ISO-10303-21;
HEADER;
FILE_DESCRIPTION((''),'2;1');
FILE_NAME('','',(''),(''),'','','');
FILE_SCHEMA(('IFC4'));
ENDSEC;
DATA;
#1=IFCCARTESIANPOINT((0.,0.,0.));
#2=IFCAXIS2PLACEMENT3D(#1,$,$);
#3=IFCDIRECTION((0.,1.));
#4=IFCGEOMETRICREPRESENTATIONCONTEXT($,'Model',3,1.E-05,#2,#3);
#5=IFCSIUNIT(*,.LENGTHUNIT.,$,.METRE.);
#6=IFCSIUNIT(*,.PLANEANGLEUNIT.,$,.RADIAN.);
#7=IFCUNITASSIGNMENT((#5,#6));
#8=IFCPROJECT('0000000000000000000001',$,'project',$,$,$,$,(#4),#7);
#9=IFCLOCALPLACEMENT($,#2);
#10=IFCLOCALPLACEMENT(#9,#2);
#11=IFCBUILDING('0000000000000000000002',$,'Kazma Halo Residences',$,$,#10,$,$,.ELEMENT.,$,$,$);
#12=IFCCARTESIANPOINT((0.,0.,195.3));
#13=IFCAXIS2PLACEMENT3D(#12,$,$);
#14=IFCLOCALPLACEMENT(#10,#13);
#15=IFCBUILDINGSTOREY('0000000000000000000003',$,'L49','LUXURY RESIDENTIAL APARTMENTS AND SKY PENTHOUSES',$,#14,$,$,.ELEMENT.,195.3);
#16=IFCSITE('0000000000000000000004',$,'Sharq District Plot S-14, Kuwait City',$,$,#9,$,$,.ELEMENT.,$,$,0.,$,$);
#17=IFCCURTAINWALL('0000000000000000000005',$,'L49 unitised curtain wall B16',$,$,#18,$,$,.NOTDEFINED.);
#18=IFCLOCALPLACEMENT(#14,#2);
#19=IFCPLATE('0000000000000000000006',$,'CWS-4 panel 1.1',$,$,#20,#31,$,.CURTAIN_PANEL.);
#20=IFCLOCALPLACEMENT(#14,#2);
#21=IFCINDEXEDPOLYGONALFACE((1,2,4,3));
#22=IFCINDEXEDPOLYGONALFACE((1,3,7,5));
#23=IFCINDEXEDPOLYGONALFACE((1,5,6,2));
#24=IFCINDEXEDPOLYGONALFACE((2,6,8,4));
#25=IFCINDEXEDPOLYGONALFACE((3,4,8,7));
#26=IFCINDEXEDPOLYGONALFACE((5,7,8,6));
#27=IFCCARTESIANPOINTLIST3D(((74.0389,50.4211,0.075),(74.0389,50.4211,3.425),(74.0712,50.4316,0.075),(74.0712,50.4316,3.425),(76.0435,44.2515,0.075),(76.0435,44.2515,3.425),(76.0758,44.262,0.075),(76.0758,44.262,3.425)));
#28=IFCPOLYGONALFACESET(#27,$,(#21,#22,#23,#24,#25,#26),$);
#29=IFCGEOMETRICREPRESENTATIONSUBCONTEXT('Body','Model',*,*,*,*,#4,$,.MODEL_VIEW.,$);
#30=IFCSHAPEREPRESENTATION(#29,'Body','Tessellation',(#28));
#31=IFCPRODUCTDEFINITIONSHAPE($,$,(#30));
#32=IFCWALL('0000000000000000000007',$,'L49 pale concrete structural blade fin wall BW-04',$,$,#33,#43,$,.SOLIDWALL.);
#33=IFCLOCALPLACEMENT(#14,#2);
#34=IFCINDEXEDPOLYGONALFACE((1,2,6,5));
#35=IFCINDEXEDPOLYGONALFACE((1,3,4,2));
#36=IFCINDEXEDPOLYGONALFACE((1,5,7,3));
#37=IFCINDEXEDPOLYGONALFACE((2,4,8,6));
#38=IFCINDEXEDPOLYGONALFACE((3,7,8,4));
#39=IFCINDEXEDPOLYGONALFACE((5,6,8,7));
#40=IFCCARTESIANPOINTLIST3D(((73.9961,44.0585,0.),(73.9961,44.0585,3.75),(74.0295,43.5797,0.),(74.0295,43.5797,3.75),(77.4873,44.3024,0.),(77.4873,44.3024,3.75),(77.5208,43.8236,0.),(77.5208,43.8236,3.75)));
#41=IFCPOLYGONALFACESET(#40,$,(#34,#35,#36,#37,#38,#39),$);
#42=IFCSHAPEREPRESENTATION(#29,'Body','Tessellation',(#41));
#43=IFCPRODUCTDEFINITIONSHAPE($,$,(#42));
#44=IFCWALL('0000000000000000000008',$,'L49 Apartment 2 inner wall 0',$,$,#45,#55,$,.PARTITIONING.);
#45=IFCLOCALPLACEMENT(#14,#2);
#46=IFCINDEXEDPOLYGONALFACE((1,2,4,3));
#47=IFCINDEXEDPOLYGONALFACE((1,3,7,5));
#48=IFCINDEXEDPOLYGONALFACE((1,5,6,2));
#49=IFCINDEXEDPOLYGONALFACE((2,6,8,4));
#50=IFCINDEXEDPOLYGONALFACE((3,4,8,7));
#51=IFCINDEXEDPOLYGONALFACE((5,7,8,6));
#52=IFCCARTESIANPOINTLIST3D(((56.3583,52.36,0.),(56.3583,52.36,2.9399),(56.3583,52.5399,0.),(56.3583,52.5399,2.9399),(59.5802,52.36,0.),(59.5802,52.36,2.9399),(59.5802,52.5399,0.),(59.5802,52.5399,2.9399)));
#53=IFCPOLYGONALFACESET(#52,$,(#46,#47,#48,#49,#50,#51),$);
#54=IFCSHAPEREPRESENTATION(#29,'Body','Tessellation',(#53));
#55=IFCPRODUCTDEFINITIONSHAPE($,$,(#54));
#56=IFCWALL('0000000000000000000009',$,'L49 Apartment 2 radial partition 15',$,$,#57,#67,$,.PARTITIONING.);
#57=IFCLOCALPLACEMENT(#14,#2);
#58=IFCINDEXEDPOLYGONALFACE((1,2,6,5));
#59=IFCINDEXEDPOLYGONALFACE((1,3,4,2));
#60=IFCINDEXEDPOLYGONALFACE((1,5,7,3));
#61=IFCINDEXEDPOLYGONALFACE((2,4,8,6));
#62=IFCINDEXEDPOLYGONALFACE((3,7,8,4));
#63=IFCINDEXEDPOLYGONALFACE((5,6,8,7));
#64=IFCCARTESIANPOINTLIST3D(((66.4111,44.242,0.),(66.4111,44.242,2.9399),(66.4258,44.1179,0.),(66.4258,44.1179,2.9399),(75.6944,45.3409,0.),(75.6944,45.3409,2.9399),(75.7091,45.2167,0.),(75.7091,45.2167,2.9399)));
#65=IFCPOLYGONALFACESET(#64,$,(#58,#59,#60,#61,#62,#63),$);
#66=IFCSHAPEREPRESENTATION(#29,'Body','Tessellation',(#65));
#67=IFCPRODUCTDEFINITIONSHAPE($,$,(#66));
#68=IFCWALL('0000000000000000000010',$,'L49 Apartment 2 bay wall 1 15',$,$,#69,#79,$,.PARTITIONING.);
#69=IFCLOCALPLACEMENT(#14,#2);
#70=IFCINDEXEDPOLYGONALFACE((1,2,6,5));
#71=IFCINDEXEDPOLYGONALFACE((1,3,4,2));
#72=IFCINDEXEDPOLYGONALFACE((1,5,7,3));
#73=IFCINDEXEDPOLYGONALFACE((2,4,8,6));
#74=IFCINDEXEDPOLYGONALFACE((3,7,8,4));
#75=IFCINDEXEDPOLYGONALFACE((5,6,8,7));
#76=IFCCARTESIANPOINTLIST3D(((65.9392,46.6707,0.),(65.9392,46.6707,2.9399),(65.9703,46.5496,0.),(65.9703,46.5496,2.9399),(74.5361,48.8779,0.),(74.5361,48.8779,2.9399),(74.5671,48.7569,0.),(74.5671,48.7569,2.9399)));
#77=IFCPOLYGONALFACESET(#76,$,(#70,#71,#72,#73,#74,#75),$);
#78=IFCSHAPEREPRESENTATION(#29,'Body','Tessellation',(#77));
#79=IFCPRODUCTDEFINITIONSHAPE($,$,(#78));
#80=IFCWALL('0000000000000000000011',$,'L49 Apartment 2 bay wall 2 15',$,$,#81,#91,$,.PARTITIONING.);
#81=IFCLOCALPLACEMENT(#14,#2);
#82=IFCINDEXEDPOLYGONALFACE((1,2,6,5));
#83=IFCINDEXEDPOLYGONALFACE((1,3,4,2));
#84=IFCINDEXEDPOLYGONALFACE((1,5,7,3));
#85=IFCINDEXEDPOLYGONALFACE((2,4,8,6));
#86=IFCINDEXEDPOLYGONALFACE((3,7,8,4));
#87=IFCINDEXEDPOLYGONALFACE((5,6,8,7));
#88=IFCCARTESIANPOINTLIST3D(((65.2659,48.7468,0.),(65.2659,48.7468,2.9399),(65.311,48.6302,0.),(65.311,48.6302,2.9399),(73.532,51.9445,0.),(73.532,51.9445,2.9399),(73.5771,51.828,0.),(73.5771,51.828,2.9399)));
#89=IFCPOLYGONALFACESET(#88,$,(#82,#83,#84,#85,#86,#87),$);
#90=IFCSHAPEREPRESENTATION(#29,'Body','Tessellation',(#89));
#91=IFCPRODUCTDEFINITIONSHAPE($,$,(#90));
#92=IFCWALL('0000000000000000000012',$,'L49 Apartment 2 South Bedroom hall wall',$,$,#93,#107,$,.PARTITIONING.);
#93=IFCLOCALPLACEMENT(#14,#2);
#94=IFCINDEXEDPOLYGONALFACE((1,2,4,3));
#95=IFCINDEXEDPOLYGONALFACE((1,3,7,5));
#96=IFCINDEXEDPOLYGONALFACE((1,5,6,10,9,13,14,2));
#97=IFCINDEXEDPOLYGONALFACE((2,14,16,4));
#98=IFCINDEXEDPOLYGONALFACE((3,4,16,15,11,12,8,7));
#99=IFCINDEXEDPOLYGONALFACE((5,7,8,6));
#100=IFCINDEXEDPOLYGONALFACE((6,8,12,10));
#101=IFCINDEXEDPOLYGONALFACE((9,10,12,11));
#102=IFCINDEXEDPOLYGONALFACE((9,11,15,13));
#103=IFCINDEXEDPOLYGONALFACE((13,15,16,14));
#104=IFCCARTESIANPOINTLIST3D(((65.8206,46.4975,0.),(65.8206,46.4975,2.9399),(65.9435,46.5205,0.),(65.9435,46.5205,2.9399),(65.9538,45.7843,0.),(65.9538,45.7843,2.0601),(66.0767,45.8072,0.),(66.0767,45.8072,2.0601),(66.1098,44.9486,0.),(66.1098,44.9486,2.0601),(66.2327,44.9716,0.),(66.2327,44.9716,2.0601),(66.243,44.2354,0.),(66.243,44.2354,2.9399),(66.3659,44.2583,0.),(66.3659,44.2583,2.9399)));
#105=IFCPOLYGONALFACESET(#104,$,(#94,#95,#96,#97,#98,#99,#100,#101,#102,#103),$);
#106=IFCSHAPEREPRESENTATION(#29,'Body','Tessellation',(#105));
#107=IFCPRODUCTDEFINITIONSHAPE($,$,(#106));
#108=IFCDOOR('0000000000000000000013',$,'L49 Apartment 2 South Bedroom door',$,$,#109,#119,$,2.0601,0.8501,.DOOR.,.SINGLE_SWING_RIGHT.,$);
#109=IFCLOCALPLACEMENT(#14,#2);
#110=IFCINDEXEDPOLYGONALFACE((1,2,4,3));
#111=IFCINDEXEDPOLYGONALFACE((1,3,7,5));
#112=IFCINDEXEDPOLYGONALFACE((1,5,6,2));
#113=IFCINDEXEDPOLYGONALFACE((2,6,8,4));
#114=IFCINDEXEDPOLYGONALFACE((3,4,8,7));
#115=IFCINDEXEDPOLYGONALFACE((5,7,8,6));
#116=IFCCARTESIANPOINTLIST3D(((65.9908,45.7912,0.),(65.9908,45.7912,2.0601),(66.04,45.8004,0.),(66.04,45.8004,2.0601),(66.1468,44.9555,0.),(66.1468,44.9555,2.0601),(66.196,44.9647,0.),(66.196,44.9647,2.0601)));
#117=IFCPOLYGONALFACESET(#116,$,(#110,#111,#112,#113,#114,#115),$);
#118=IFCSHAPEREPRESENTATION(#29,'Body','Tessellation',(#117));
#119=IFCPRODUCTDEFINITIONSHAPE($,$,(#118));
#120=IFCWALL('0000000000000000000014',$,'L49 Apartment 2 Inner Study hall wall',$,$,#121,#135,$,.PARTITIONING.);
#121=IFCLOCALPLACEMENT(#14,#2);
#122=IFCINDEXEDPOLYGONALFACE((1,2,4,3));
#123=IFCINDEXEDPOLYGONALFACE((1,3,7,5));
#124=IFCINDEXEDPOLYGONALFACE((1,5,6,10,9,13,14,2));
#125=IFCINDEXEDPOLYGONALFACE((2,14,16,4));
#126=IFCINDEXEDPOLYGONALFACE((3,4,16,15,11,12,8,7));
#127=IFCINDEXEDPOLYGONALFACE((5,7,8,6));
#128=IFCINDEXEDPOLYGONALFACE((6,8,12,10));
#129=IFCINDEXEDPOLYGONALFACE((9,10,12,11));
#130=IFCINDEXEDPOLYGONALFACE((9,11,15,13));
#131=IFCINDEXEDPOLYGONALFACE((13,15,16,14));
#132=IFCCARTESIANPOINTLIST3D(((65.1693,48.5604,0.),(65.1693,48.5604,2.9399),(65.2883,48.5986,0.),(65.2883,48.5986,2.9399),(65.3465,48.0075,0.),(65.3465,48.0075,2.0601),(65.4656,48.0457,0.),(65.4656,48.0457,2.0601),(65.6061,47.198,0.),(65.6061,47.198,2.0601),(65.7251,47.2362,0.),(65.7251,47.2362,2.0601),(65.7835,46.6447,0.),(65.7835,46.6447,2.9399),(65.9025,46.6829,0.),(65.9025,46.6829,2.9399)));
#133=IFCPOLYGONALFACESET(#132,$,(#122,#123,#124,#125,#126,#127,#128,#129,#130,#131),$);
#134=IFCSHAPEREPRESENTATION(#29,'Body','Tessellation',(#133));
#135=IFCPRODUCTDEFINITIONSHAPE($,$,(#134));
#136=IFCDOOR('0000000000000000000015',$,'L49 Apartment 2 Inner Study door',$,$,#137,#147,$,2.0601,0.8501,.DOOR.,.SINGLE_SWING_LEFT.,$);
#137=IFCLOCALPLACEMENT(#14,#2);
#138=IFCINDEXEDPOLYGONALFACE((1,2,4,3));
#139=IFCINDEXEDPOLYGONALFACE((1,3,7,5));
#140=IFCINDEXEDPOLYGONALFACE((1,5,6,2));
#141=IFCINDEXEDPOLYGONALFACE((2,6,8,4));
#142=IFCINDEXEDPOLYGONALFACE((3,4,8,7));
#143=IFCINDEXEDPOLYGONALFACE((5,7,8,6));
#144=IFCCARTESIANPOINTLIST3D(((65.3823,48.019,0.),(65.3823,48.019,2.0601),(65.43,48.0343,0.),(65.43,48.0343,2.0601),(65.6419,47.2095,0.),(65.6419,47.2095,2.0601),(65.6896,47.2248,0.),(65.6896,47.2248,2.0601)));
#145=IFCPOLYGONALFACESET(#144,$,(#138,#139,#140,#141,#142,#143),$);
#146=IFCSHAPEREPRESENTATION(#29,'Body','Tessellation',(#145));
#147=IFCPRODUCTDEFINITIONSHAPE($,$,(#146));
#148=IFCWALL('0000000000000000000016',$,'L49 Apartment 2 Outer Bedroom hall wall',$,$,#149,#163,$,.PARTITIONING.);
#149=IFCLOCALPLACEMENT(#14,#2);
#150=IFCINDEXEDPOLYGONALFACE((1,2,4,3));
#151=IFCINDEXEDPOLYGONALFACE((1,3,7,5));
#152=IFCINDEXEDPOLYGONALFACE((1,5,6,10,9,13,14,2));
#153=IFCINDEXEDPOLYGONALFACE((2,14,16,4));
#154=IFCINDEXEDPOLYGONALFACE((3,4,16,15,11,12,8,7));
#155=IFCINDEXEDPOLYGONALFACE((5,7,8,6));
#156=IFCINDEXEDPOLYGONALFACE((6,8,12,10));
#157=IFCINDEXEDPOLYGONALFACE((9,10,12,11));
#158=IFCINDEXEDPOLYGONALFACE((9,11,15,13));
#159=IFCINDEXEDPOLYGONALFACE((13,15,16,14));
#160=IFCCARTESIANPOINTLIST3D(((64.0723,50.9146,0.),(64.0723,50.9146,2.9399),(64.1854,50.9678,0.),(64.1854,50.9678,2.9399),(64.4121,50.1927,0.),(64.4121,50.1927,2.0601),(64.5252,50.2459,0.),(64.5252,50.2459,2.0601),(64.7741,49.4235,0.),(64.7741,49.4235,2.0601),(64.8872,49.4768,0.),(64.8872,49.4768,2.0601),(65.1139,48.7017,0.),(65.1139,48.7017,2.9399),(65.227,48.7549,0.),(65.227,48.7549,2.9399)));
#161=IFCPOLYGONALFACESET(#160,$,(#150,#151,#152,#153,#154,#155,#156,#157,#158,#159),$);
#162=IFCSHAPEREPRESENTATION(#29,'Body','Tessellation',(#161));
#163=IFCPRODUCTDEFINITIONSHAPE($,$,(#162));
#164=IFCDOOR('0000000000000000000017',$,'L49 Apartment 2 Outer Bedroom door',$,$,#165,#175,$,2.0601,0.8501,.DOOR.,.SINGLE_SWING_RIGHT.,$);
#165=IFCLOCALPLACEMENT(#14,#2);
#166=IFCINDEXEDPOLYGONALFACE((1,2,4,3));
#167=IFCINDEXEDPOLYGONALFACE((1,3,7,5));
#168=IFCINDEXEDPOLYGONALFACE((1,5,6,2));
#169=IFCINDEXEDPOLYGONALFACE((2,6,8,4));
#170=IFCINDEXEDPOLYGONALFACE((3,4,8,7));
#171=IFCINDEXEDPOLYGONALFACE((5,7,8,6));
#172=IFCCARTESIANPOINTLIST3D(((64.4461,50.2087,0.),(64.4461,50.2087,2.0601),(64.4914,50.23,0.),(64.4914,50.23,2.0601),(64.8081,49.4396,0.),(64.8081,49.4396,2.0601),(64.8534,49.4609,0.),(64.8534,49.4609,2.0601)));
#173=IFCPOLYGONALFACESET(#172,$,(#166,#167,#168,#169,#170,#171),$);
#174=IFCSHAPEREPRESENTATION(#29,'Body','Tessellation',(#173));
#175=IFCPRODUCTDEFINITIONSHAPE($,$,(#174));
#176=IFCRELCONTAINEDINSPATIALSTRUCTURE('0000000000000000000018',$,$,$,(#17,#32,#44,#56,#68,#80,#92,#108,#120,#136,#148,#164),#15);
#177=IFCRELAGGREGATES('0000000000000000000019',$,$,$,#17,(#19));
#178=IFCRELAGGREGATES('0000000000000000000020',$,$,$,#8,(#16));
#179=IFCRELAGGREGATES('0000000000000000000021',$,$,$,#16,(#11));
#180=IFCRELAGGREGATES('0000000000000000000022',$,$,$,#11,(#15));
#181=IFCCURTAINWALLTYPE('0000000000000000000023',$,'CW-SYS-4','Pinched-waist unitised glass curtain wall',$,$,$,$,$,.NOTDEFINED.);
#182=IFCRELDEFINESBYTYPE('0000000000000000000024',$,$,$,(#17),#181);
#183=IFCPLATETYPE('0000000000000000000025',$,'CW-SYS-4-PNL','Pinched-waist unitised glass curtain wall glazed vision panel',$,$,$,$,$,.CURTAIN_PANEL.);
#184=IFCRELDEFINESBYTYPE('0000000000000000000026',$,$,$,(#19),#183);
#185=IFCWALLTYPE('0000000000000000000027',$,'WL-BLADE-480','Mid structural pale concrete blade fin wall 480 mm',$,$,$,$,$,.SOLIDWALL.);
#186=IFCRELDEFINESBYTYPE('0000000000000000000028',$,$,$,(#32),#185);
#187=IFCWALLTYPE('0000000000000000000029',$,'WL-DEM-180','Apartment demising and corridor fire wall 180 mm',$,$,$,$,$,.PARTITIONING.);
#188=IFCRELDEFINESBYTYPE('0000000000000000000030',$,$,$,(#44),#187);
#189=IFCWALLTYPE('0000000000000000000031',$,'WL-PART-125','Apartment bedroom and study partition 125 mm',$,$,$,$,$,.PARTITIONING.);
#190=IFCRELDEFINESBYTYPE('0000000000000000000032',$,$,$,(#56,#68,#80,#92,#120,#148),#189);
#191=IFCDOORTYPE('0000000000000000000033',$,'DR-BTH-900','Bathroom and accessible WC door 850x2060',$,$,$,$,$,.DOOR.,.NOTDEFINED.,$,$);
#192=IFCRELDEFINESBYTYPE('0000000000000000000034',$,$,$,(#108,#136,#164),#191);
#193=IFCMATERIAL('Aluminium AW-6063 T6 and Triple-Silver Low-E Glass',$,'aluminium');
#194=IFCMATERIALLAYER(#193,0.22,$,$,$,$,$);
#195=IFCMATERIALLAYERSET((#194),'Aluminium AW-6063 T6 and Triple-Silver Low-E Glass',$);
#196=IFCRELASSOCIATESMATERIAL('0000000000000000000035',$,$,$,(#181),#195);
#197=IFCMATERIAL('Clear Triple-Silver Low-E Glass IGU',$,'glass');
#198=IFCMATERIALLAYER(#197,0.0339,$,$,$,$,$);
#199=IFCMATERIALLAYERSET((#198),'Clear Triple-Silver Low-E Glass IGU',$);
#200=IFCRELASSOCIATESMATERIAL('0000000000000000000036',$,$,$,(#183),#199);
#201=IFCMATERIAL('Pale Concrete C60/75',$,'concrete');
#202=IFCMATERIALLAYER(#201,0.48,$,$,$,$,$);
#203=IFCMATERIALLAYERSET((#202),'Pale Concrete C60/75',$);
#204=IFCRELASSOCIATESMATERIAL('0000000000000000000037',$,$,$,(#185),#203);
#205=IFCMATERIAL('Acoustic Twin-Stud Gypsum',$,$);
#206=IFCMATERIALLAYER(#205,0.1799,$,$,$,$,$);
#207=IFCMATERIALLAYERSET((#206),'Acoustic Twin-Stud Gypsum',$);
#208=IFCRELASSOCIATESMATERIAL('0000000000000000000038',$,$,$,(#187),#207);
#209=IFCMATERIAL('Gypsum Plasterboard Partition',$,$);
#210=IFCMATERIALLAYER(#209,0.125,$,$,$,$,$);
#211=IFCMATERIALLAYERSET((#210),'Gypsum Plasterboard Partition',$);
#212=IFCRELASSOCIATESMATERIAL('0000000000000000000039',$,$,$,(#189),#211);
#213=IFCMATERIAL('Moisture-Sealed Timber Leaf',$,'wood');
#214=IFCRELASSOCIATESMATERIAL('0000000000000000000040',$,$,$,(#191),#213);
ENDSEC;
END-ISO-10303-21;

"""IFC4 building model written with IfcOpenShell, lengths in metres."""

from ifc_helpers import new_model, si_unit, direction, frame, frame_2d, origin, origin_2d, place, context, subcontext, project, spatial, rectangle, extrude, material, layer, layer_set, type_object, element, fill, aggregate, save


model = new_model("IFC4")

# Units and contexts
model_context = context("Model", 3, precision=1e-05, world=origin(), true_north=direction((0.0, 1.0)))
body_context = subcontext(model_context, "Body", "Model", "MODEL_VIEW")
ifc_project = project(units=[si_unit("LENGTHUNIT", "METRE"), si_unit("PLANEANGLEUNIT", "RADIAN")], contexts=[model_context])

# Site, building, storey
site_placement = place(None, origin())
site = spatial("IfcSite", under=ifc_project, at=site_placement, Name="Sharq District Plot S-14, Kuwait City", CompositionType="ELEMENT", RefElevation=0.0)
building_placement = place(site_placement, origin())
building = spatial("IfcBuilding", under=site, at=building_placement, Name="Kazma Halo Residences", CompositionType="ELEMENT")
storey_placement = place(building_placement, frame((0.0, 0.0, 195.3)))
storey = spatial("IfcBuildingStorey", under=building, at=storey_placement, Name="L49", Description="LUXURY RESIDENTIAL APARTMENTS AND SKY PENTHOUSES", CompositionType="ELEMENT", Elevation=195.3)

# Shared definitions
ifc_material_1 = material(Name="Aluminium AW-6063 T6 and Triple-Silver Low-E Glass", Category="aluminium")
ifc_layer_1 = layer(ifc_material_1, 0.22)
ifc_layer_set_1 = layer_set([ifc_layer_1], Name="Aluminium AW-6063 T6 and Triple-Silver Low-E Glass")
curtain_wall_type = type_object("IfcCurtainWallType", Name="CW-SYS-4", Description="Pinched-waist unitised glass curtain wall", PredefinedType="NOTDEFINED", material=ifc_layer_set_1)

# Curtain wall, plate
curtain_wall_1_placement = place(storey_placement, origin())
curtain_wall_1 = element("IfcCurtainWall", 1, at=curtain_wall_1_placement, inside=storey, type_object=curtain_wall_type, Name="L49 unitised curtain wall B16", PredefinedType="NOTDEFINED")
ifc_material_2 = material(Name="Clear Triple-Silver Low-E Glass IGU", Category="glass")
ifc_layer_2 = layer(ifc_material_2, 0.0339)
ifc_layer_set_2 = layer_set([ifc_layer_2], Name="Clear Triple-Silver Low-E Glass IGU")
plate_type = type_object("IfcPlateType", Name="CW-SYS-4-PNL", Description="Pinched-waist unitised glass curtain wall glazed vision panel", PredefinedType="CURTAIN_PANEL", material=ifc_layer_set_2)
plate_placement = place(storey_placement, frame((75.0574, 47.3416, 0.075), z_axis=(0.0, 0.0, 1.0), x_axis=(-0.309016, 0.951057, 0.0)))
plate = element("IfcPlate", 2, at=plate_placement, type_object=plate_type, Name="CWS-4 panel 1.1", PredefinedType="CURTAIN_PANEL", context=body_context, shape_type="SweptSolid", body=[
    extrude(rectangle(XDim=6.4871, YDim=0.0339, at=origin_2d()), origin(), (0.0, 0.0, 1.0), 3.3501),
])
aggregate(curtain_wall_1, [plate])

# Walls
ifc_material_3 = material(Name="Pale Concrete C60/75", Category="concrete")
ifc_layer_3 = layer(ifc_material_3, 0.48)
ifc_layer_set_3 = layer_set([ifc_layer_3], Name="Pale Concrete C60/75")
wall_type_1 = type_object("IfcWallType", Name="WL-BLADE-480", Description="Mid structural pale concrete blade fin wall 480 mm", PredefinedType="SOLIDWALL", material=ifc_layer_set_3)
wall_1_placement = place(storey_placement, frame((74.0127, 43.8191, 0.0), z_axis=(0.0, 0.0, 1.0), x_axis=(0.997569, 0.06969, 0.0)))
element("IfcWall", 3, at=wall_1_placement, inside=storey, type_object=wall_type_1, Name="L49 pale concrete structural blade fin wall BW-04", PredefinedType="SOLIDWALL", context=body_context, shape_type="SweptSolid", body=[
    extrude(rectangle(XDim=3.4998, YDim=0.48, at=frame_2d((1.75, 0.0))), origin(), (0.0, 0.0, 1.0), 3.75),
])
ifc_material_4 = material(Name="Acoustic Twin-Stud Gypsum")
ifc_layer_4 = layer(ifc_material_4, 0.1799)
ifc_layer_set_4 = layer_set([ifc_layer_4], Name="Acoustic Twin-Stud Gypsum")
wall_type_2 = type_object("IfcWallType", Name="WL-DEM-180", Description="Apartment demising and corridor fire wall 180 mm", PredefinedType="PARTITIONING", material=ifc_layer_set_4)
wall_2_placement = place(storey_placement, frame((59.5801, 52.45, 0.0), z_axis=(0.0, 0.0, 1.0), x_axis=(-1.0, 0.0, 0.0)))
element("IfcWall", 4, at=wall_2_placement, inside=storey, type_object=wall_type_2, Name="L49 Apartment 2 inner wall 0", PredefinedType="PARTITIONING", context=body_context, shape_type="SweptSolid", body=[
    extrude(rectangle(XDim=3.2219, YDim=0.1799, at=frame_2d((1.6108, 0.0))), origin(), (0.0, 0.0, 1.0), 2.9399),
])
ifc_material_5 = material(Name="Gypsum Plasterboard Partition")
ifc_layer_5 = layer(ifc_material_5, 0.125)
ifc_layer_set_5 = layer_set([ifc_layer_5], Name="Gypsum Plasterboard Partition")
wall_type_3 = type_object("IfcWallType", Name="WL-PART-125", Description="Apartment bedroom and study partition 125 mm", PredefinedType="PARTITIONING", material=ifc_layer_set_5)
wall_3_placement = place(storey_placement, frame((66.4185, 44.1799, 0.0), z_axis=(0.0, 0.0, 1.0), x_axis=(0.993067, 0.117549, 0.0)))
element("IfcWall", 5, at=wall_3_placement, inside=storey, type_object=wall_type_3, Name="L49 Apartment 2 radial partition 15", PredefinedType="PARTITIONING", context=body_context, shape_type="SweptSolid", body=[
    extrude(rectangle(XDim=9.3481, YDim=0.125, at=frame_2d((4.6741, 0.0))), origin(), (0.0, 0.0, 1.0), 2.9399),
])
wall_4_placement = place(storey_placement, frame((65.9546, 46.6101, 0.0), z_axis=(0.0, 0.0, 1.0), x_axis=(0.968584, 0.248686, 0.0)))
element("IfcWall", 6, at=wall_4_placement, inside=storey, type_object=wall_type_3, Name="L49 Apartment 2 bay wall 1 15", PredefinedType="PARTITIONING", context=body_context, shape_type="SweptSolid", body=[
    extrude(rectangle(XDim=8.8757, YDim=0.125, at=frame_2d((4.438, 0.0))), origin(), (0.0, 0.0, 1.0), 2.9399),
])
wall_5_placement = place(storey_placement, frame((65.2883, 48.6885, 0.0), z_axis=(0.0, 0.0, 1.0), x_axis=(0.932645, 0.360795, 0.0)))
element("IfcWall", 7, at=wall_5_placement, inside=storey, type_object=wall_type_3, Name="L49 Apartment 2 bay wall 2 15", PredefinedType="PARTITIONING", context=body_context, shape_type="SweptSolid", body=[
    extrude(rectangle(XDim=8.863, YDim=0.125, at=frame_2d((4.4316, 0.0))), origin(), (0.0, 0.0, 1.0), 2.9399),
])

# Walls, openings, doors
wall_6_placement = place(storey_placement, frame((66.3044, 44.2468, 0.0), z_axis=(0.0, 0.0, 1.0), x_axis=(-0.183533, 0.983014, 0.0)))
wall_6 = element("IfcWall", 8, at=wall_6_placement, inside=storey, type_object=wall_type_3, Name="L49 Apartment 2 South Bedroom hall wall", PredefinedType="PARTITIONING", context=body_context, shape_type="SweptSolid", body=[
    extrude(rectangle(XDim=2.3013, YDim=0.125, at=frame_2d((1.1506, 0.0))), origin(), (0.0, 0.0, 1.0), 2.9399),
])
opening_1_placement = place(wall_6_placement, frame((0.7256, 0.0, 0.0)))
opening_1 = element("IfcOpeningElement", 9, at=opening_1_placement, cuts=wall_6, PredefinedType="OPENING", context=body_context, shape_type="SweptSolid", body=[
    extrude(rectangle(XDim=0.8501, YDim=2.0601, at=frame_2d((0.425, 1.03))), frame((0.0, 0.0725, 0.0), z_axis=(0.0, -1.0, 0.0), x_axis=(1.0, 0.0, 0.0)), (0.0, 0.0, 1.0), 0.145),
])
ifc_material_6 = material(Name="Moisture-Sealed Timber Leaf", Category="wood")
door_type = type_object("IfcDoorType", Name="DR-BTH-900", Description="Bathroom and accessible WC door 850x2060", OperationType="NOTDEFINED", PredefinedType="DOOR", material=ifc_material_6)
door_1_placement = place(opening_1_placement, origin())
door_1 = element("IfcDoor", 10, at=door_1_placement, inside=storey, type_object=door_type, Name="L49 Apartment 2 South Bedroom door", OperationType="SINGLE_SWING_RIGHT", OverallHeight=2.0601, OverallWidth=0.8501, PredefinedType="DOOR", context=body_context, shape_type="SweptSolid", body=[
    extrude(rectangle(XDim=0.8501, YDim=2.0601, at=frame_2d((0.425, 1.03))), frame((0.0, 0.0249, 0.0), z_axis=(0.0, -1.0, 0.0), x_axis=(1.0, 0.0, 0.0)), (0.0, 0.0, 1.0), 0.05),
])
fill(opening_1, door_1)
wall_7_placement = place(storey_placement, frame((65.843, 46.6638, 0.0), z_axis=(0.0, 0.0, 1.0), x_axis=(-0.305322, 0.952249, 0.0)))
wall_7 = element("IfcWall", 11, at=wall_7_placement, inside=storey, type_object=wall_type_3, Name="L49 Apartment 2 Inner Study hall wall", PredefinedType="PARTITIONING", context=body_context, shape_type="SweptSolid", body=[
    extrude(rectangle(XDim=2.0117, YDim=0.125, at=frame_2d((1.0059, 0.0))), origin(), (0.0, 0.0, 1.0), 2.9399),
])
opening_2_placement = place(wall_7_placement, frame((0.5811, 0.0, 0.0)))
opening_2 = element("IfcOpeningElement", 12, at=opening_2_placement, cuts=wall_7, PredefinedType="OPENING", context=body_context, shape_type="SweptSolid", body=[
    extrude(rectangle(XDim=0.8501, YDim=2.0601, at=frame_2d((0.425, 1.03))), frame((0.0, 0.0725, 0.0), z_axis=(0.0, -1.0, 0.0), x_axis=(1.0, 0.0, 0.0)), (0.0, 0.0, 1.0), 0.145),
])
door_2_placement = place(opening_2_placement, origin())
door_2 = element("IfcDoor", 13, at=door_2_placement, inside=storey, type_object=door_type, Name="L49 Apartment 2 Inner Study door", OperationType="SINGLE_SWING_LEFT", OverallHeight=2.0601, OverallWidth=0.8501, PredefinedType="DOOR", context=body_context, shape_type="SweptSolid", body=[
    extrude(rectangle(XDim=0.8501, YDim=2.0601, at=frame_2d((0.425, 1.03))), frame((0.0, 0.0249, 0.0), z_axis=(0.0, -1.0, 0.0), x_axis=(1.0, 0.0, 0.0)), (0.0, 0.0, 1.0), 0.05),
])
fill(opening_2, door_2)
wall_8_placement = place(storey_placement, frame((65.1704, 48.7283, 0.0), z_axis=(0.0, 0.0, 1.0), x_axis=(-0.425845, 0.904796, 0.0)))
wall_8 = element("IfcWall", 14, at=wall_8_placement, inside=storey, type_object=wall_type_3, Name="L49 Apartment 2 Outer Bedroom hall wall", PredefinedType="PARTITIONING", context=body_context, shape_type="SweptSolid", body=[
    extrude(rectangle(XDim=2.4458, YDim=0.125, at=frame_2d((1.2229, 0.0))), origin(), (0.0, 0.0, 1.0), 2.9399),
])
opening_3_placement = place(wall_8_placement, frame((0.7979, 0.0, 0.0)))
opening_3 = element("IfcOpeningElement", 15, at=opening_3_placement, cuts=wall_8, PredefinedType="OPENING", context=body_context, shape_type="SweptSolid", body=[
    extrude(rectangle(XDim=0.8501, YDim=2.0601, at=frame_2d((0.425, 1.03))), frame((0.0, 0.0725, 0.0), z_axis=(0.0, -1.0, 0.0), x_axis=(1.0, 0.0, 0.0)), (0.0, 0.0, 1.0), 0.145),
])
door_3_placement = place(opening_3_placement, origin())
door_3 = element("IfcDoor", 16, at=door_3_placement, inside=storey, type_object=door_type, Name="L49 Apartment 2 Outer Bedroom door", OperationType="SINGLE_SWING_RIGHT", OverallHeight=2.0601, OverallWidth=0.8501, PredefinedType="DOOR", context=body_context, shape_type="SweptSolid", body=[
    extrude(rectangle(XDim=0.8501, YDim=2.0601, at=frame_2d((0.425, 1.03))), frame((0.0, 0.0249, 0.0), z_axis=(0.0, -1.0, 0.0), x_axis=(1.0, 0.0, 0.0)), (0.0, 0.0, 1.0), 0.05),
])
fill(opening_3, door_3)

save(model, "model.ifc")
